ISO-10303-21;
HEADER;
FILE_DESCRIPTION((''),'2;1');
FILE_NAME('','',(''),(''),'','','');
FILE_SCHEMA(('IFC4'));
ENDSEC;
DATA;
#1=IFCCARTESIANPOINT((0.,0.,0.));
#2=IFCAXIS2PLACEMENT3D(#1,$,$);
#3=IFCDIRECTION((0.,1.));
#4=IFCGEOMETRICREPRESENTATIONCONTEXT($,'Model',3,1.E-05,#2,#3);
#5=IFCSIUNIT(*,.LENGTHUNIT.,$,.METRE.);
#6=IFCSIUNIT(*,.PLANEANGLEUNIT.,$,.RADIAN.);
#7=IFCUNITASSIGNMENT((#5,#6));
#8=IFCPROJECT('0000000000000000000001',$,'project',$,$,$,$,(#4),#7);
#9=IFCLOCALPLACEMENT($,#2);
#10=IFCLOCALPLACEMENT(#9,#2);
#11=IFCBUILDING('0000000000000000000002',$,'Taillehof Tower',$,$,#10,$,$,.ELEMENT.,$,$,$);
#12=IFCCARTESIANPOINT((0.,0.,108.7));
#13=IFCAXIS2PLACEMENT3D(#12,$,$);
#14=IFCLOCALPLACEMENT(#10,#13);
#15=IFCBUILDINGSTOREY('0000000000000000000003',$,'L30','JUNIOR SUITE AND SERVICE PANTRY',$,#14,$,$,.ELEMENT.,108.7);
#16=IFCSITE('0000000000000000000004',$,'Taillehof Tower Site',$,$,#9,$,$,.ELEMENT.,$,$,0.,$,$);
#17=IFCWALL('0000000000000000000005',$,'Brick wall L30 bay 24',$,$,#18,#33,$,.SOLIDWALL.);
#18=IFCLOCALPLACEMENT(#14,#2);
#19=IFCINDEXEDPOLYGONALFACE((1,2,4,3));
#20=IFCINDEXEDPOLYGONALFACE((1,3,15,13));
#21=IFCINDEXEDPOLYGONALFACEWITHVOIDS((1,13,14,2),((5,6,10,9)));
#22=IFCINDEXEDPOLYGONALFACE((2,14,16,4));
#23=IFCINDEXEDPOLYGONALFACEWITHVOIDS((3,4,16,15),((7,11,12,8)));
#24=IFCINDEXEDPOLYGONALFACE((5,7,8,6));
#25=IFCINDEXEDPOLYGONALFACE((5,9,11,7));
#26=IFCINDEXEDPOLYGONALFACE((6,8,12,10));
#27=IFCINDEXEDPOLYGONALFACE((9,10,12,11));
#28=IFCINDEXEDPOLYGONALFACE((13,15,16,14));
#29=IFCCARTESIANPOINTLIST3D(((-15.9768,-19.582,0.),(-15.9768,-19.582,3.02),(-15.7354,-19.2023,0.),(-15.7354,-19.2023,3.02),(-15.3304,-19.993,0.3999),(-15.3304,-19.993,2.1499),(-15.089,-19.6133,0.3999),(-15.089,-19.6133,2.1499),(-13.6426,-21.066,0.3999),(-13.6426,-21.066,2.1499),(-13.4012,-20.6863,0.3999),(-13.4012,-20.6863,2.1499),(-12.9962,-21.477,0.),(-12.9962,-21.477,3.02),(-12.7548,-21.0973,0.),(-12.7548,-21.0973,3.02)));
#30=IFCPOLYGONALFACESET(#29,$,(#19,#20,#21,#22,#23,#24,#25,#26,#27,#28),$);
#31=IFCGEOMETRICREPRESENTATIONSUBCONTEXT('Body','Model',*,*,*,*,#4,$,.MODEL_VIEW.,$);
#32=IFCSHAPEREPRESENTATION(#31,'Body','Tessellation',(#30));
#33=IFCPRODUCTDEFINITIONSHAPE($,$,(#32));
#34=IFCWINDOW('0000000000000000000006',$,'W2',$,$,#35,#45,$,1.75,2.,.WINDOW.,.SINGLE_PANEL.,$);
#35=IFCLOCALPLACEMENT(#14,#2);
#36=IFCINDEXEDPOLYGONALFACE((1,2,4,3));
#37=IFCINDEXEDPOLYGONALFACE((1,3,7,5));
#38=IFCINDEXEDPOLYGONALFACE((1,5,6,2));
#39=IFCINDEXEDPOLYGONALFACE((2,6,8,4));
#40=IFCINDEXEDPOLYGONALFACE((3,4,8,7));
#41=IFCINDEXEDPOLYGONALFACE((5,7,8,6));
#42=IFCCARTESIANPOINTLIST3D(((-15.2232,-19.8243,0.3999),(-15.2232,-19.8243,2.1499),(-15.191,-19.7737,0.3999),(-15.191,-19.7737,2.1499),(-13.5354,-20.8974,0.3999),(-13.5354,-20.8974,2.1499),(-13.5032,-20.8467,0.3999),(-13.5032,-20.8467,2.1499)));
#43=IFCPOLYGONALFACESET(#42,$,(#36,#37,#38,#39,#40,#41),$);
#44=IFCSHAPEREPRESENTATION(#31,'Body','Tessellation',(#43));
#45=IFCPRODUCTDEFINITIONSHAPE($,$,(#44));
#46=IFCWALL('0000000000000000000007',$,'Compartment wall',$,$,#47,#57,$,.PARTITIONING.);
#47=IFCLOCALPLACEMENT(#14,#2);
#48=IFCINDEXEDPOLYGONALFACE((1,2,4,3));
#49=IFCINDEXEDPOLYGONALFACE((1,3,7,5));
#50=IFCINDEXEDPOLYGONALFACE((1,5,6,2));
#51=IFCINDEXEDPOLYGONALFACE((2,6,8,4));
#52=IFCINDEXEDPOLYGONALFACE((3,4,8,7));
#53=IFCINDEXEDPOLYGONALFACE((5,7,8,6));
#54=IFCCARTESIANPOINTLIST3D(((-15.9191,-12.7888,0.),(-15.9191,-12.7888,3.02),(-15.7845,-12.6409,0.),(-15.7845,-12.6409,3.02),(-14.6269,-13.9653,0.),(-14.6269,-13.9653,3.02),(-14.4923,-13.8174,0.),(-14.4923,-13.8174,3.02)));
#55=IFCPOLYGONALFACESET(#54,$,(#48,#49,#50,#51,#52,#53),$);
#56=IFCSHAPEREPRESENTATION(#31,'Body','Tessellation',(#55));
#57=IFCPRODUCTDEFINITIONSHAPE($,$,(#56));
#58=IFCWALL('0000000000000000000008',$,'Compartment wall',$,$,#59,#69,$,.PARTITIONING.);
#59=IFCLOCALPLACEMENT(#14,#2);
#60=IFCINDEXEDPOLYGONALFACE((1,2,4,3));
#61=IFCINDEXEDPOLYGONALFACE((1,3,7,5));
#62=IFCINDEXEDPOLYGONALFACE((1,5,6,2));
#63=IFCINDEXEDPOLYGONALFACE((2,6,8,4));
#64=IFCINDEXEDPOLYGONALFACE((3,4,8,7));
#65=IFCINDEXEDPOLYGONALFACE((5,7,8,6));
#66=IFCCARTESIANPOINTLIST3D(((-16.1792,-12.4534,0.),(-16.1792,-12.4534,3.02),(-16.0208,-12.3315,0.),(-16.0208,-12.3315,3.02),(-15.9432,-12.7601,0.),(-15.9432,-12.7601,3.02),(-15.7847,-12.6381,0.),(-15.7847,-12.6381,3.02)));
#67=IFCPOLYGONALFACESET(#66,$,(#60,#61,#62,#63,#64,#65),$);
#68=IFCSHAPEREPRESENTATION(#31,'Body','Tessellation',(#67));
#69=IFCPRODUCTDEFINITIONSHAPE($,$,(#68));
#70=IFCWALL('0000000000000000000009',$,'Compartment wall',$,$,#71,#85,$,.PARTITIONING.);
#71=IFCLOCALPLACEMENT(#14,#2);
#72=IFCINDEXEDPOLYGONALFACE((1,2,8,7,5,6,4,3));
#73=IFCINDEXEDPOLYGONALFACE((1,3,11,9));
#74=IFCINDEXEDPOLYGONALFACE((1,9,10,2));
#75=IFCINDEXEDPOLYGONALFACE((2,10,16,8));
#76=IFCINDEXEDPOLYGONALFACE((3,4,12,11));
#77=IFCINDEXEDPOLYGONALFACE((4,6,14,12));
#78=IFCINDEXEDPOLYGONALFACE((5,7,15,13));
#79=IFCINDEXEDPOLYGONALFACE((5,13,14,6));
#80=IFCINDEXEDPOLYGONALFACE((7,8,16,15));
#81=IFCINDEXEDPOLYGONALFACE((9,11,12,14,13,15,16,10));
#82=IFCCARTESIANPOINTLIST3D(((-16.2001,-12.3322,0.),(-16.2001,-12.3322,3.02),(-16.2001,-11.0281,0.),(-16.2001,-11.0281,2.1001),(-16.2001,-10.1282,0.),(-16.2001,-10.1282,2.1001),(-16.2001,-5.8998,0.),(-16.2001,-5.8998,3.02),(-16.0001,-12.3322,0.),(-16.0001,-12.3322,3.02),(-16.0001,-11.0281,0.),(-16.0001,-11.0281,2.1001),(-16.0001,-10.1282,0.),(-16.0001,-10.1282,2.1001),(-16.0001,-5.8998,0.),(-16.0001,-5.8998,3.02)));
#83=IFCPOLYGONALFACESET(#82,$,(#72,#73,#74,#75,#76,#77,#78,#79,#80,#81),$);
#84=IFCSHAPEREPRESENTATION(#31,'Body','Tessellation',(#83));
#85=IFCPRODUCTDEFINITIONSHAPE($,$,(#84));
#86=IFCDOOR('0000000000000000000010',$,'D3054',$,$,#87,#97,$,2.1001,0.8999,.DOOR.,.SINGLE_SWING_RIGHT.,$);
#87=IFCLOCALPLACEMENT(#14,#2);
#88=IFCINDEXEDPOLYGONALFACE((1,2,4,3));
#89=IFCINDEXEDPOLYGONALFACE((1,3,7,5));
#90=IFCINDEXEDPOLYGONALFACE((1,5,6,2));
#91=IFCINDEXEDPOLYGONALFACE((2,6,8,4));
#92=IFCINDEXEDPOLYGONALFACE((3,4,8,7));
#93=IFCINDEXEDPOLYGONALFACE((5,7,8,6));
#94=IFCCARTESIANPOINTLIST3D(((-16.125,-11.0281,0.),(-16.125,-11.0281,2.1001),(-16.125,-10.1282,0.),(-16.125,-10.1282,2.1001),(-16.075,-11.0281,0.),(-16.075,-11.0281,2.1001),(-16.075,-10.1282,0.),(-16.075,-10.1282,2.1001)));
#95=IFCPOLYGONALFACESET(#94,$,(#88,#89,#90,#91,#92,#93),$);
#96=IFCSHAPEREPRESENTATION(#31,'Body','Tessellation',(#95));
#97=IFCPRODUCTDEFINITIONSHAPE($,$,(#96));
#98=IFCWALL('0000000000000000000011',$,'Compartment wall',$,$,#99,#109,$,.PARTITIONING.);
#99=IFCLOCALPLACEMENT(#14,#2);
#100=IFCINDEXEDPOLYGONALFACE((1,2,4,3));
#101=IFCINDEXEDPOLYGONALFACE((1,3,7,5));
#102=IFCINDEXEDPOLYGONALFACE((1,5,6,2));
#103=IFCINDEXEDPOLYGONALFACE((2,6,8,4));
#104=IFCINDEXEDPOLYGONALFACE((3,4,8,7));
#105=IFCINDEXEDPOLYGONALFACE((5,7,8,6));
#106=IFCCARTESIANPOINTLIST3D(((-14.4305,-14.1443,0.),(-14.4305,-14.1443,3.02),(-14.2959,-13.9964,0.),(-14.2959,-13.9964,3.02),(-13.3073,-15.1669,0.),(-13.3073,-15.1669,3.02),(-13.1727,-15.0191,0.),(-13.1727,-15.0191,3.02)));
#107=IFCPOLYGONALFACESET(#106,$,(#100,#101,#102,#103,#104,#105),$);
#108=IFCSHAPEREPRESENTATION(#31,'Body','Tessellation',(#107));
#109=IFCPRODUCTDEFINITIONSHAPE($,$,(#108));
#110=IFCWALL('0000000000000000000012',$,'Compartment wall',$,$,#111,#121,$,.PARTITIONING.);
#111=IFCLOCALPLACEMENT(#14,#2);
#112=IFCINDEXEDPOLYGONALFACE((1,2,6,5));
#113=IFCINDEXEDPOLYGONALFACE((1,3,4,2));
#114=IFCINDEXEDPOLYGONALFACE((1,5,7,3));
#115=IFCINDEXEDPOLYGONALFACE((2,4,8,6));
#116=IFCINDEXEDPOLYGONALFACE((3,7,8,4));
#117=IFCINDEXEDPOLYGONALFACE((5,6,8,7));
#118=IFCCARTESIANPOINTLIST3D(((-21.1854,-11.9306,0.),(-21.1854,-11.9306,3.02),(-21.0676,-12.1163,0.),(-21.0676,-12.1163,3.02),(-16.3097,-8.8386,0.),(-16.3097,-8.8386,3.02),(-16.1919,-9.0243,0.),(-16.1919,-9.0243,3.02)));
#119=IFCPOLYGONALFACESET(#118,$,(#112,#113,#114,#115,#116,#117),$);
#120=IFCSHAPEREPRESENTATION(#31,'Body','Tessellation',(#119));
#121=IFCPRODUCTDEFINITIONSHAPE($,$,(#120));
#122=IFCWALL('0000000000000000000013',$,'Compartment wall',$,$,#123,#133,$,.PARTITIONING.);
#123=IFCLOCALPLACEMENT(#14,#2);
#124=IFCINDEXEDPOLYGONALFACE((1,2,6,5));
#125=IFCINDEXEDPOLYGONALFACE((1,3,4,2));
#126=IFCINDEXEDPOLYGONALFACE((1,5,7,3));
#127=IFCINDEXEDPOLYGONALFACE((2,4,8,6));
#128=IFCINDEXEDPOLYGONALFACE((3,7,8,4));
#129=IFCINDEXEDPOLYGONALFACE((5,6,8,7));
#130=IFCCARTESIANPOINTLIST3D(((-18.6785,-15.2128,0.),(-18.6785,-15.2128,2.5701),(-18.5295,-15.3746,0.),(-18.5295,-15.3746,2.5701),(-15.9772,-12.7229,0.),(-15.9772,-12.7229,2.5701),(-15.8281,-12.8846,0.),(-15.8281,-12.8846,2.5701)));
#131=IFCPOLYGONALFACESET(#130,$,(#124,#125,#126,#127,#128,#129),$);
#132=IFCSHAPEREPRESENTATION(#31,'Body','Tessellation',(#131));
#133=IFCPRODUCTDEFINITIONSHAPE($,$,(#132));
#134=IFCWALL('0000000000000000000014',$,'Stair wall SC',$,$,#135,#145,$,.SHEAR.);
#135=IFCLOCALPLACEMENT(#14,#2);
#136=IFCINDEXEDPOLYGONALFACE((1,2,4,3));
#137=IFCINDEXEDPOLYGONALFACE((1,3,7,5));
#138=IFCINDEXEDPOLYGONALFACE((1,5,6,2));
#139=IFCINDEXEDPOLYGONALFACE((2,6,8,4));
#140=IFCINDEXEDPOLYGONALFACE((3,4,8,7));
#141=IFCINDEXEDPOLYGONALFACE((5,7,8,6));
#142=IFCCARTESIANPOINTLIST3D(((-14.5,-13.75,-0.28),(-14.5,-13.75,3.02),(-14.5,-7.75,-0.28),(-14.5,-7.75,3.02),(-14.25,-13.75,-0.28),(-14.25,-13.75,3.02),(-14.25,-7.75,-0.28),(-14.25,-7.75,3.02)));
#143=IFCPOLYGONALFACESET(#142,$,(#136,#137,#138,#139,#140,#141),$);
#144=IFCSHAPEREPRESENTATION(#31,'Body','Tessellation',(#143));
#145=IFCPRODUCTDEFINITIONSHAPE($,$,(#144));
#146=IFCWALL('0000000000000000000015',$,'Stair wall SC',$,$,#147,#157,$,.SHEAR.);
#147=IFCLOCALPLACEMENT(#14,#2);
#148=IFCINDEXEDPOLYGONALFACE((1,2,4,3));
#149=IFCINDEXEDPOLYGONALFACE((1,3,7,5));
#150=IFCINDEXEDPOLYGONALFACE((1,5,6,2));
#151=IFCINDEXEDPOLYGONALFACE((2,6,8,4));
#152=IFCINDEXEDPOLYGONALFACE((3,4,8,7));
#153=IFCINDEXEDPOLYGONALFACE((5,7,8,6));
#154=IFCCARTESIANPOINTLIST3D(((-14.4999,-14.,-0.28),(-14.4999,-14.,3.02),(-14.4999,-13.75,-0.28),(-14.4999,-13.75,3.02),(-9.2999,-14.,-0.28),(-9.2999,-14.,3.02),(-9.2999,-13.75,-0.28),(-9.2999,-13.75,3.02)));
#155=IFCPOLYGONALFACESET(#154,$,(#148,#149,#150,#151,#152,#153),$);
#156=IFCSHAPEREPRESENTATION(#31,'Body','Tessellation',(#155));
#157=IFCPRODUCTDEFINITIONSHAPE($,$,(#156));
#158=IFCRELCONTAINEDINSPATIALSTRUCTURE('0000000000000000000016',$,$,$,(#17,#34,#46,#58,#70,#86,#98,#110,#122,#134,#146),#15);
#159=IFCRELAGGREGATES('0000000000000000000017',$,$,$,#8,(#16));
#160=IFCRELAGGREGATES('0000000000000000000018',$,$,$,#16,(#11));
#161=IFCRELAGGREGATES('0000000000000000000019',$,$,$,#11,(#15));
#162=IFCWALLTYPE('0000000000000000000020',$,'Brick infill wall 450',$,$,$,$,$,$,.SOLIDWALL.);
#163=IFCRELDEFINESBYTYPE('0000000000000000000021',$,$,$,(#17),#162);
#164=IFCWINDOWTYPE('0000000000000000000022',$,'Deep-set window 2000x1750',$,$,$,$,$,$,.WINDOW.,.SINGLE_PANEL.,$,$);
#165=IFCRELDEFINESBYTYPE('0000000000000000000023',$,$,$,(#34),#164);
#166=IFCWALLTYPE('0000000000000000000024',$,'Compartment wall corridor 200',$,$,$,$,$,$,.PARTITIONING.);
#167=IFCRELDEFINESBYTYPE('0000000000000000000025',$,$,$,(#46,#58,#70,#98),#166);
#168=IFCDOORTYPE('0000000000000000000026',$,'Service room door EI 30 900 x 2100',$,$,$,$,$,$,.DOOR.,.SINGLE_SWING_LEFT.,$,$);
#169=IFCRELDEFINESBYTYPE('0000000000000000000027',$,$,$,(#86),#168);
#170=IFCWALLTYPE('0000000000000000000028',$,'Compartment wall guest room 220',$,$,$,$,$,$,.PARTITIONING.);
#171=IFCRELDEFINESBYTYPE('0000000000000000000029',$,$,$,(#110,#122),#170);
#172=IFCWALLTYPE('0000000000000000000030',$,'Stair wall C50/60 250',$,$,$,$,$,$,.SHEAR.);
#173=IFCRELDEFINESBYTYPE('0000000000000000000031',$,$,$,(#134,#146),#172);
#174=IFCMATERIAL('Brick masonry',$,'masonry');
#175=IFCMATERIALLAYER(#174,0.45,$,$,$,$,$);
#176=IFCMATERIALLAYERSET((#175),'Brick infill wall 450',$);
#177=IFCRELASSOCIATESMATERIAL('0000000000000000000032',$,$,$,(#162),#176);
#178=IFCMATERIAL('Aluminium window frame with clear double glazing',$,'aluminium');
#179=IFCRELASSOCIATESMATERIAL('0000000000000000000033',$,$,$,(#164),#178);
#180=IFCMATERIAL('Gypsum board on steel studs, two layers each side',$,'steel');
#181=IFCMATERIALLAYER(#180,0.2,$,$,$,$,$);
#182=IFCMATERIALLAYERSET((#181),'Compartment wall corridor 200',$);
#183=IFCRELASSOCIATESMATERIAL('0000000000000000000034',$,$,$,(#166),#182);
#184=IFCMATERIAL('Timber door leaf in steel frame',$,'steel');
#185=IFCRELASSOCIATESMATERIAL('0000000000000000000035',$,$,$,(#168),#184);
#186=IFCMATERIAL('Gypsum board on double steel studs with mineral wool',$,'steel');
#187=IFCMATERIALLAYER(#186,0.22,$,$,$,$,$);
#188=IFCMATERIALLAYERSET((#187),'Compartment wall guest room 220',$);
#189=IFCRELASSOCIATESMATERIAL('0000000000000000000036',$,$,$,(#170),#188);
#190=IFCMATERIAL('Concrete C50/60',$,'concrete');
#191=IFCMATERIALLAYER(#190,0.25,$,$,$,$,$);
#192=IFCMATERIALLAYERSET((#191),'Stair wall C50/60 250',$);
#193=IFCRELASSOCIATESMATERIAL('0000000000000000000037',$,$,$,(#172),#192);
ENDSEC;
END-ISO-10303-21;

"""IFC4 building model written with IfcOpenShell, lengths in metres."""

from ifc_helpers import new_model, si_unit, direction, frame, frame_2d, origin, place, context, subcontext, project, spatial, rectangle, extrude, material, layer, layer_set, type_object, element, fill, save


model = new_model("IFC4")

# Units and contexts
model_context = context("Model", 3, precision=1e-05, world=origin(), true_north=direction((0.0, 1.0)))
body_context = subcontext(model_context, "Body", "Model", "MODEL_VIEW")
ifc_project = project(units=[si_unit("LENGTHUNIT", "METRE"), si_unit("PLANEANGLEUNIT", "RADIAN")], contexts=[model_context])

# Site, building, storey
site_placement = place(None, origin())
site = spatial("IfcSite", under=ifc_project, at=site_placement, Name="Taillehof Tower Site", CompositionType="ELEMENT", RefElevation=0.0)
building_placement = place(site_placement, origin())
building = spatial("IfcBuilding", under=site, at=building_placement, Name="Taillehof Tower", CompositionType="ELEMENT")
storey_placement = place(building_placement, frame((0.0, 0.0, 108.7)))
storey = spatial("IfcBuildingStorey", under=building, at=storey_placement, Name="L30", Description="JUNIOR SUITE AND SERVICE PANTRY", CompositionType="ELEMENT", Elevation=108.7)

# Wall, opening, window
ifc_material_1 = material(Name="Brick masonry", Category="masonry")
ifc_layer_1 = layer(ifc_material_1, 0.45)
ifc_layer_set_1 = layer_set([ifc_layer_1], Name="Brick infill wall 450")
wall_type_1 = type_object("IfcWallType", Name="Brick infill wall 450", PredefinedType="SOLIDWALL", material=ifc_layer_set_1)
ifc_material_2 = material(Name="Aluminium window frame with clear double glazing", Category="aluminium")
window_type = type_object("IfcWindowType", Name="Deep-set window 2000x1750", PartitioningType="SINGLE_PANEL", PredefinedType="WINDOW", material=ifc_material_2)
wall_1_placement = place(storey_placement, frame((-15.8562, -19.3921, 0.0), z_axis=(0.0, 0.0, 1.0), x_axis=(0.843892, -0.536513, 0.0)))
wall_1 = element("IfcWall", 1, at=wall_1_placement, inside=storey, type_object=wall_type_1, Name="Brick wall L30 bay 24", PredefinedType="SOLIDWALL", context=body_context, shape_type="SweptSolid", body=[
    extrude(rectangle(XDim=3.532, YDim=0.45, at=frame_2d((1.7661, 0.0))), origin(), (0.0, 0.0, 1.0), 3.02),
])
opening_1_placement = place(wall_1_placement, frame((0.7661, 0.0, 0.3999)))
opening_1 = element("IfcOpeningElement", 2, at=opening_1_placement, cuts=wall_1, PredefinedType="OPENING", context=body_context, shape_type="SweptSolid", body=[
    extrude(rectangle(XDim=2.0, YDim=1.75, at=frame_2d((1.0, 0.875))), frame((0.0, 0.2349, 0.0), z_axis=(0.0, -1.0, 0.0), x_axis=(1.0, 0.0, 0.0)), (0.0, 0.0, 1.0), 0.47),
])
window_1_placement = place(opening_1_placement, origin())
window_1 = element("IfcWindow", 3, at=window_1_placement, inside=storey, type_object=window_type, Name="W2", OverallHeight=1.75, OverallWidth=2.0, PartitioningType="SINGLE_PANEL", PredefinedType="WINDOW", context=body_context, shape_type="SweptSolid", body=[
    extrude(rectangle(XDim=2.0, YDim=1.75, at=frame_2d((1.0, 0.875))), frame((0.0, 0.0349, 0.0), z_axis=(0.0, -1.0, 0.0), x_axis=(1.0, 0.0, 0.0)), (0.0, 0.0, 1.0), 0.0601),
])
fill(opening_1, window_1)

# Walls
ifc_material_3 = material(Name="Gypsum board on steel studs, two layers each side", Category="steel")
ifc_layer_2 = layer(ifc_material_3, 0.2)
ifc_layer_set_2 = layer_set([ifc_layer_2], Name="Compartment wall corridor 200")
wall_type_2 = type_object("IfcWallType", Name="Compartment wall corridor 200", PredefinedType="PARTITIONING", material=ifc_layer_set_2)
wall_2_placement = place(storey_placement, frame((-14.5596, -13.8914, 0.0), z_axis=(0.0, 0.0, 1.0), x_axis=(-0.73944, 0.673222, 0.0)))
element("IfcWall", 4, at=wall_2_placement, inside=storey, type_object=wall_type_2, Name="Compartment wall", PredefinedType="PARTITIONING", context=body_context, shape_type="SweptSolid", body=[
    extrude(rectangle(XDim=1.7476, YDim=0.2, at=frame_2d((0.8738, 0.0))), origin(), (0.0, 0.0, 1.0), 3.02),
])
wall_3_placement = place(storey_placement, frame((-15.864, -12.699, 0.0), z_axis=(0.0, 0.0, 1.0), x_axis=(-0.610046, 0.792366, 0.0)))
element("IfcWall", 5, at=wall_3_placement, inside=storey, type_object=wall_type_2, Name="Compartment wall", PredefinedType="PARTITIONING", context=body_context, shape_type="SweptSolid", body=[
    extrude(rectangle(XDim=0.387, YDim=0.2, at=frame_2d((0.1934, 0.0))), origin(), (0.0, 0.0, 1.0), 3.02),
])

# Wall, opening, door
wall_4_placement = place(storey_placement, frame((-16.1001, -12.3323, 0.0), z_axis=(0.0, 0.0, 1.0), x_axis=(0.0, 1.0, 0.0)))
wall_4 = element("IfcWall", 6, at=wall_4_placement, inside=storey, type_object=wall_type_2, Name="Compartment wall", PredefinedType="PARTITIONING", context=body_context, shape_type="SweptSolid", body=[
    extrude(rectangle(XDim=6.4324, YDim=0.2, at=frame_2d((3.2163, 0.0))), origin(), (0.0, 0.0, 1.0), 3.02),
])
opening_2_placement = place(wall_4_placement, frame((1.3042, 0.0, 0.0)))
opening_2 = element("IfcOpeningElement", 7, at=opening_2_placement, cuts=wall_4, PredefinedType="OPENING", context=body_context, shape_type="SweptSolid", body=[
    extrude(rectangle(XDim=0.8999, YDim=2.1001, at=frame_2d((0.45, 1.05))), frame((0.0, 0.1099, 0.0), z_axis=(0.0, -1.0, 0.0), x_axis=(1.0, 0.0, 0.0)), (0.0, 0.0, 1.0), 0.22),
])
ifc_material_4 = material(Name="Timber door leaf in steel frame", Category="steel")
door_type = type_object("IfcDoorType", Name="Service room door EI 30 900 x 2100", OperationType="SINGLE_SWING_LEFT", PredefinedType="DOOR", material=ifc_material_4)
door_placement = place(opening_2_placement, origin())
door = element("IfcDoor", 8, at=door_placement, inside=storey, type_object=door_type, Name="D3054", OperationType="SINGLE_SWING_RIGHT", OverallHeight=2.1001, OverallWidth=0.8999, PredefinedType="DOOR", context=body_context, shape_type="SweptSolid", body=[
    extrude(rectangle(XDim=0.8999, YDim=2.1001, at=frame_2d((0.45, 1.05))), frame((0.0, 0.0249, 0.0), z_axis=(0.0, -1.0, 0.0), x_axis=(1.0, 0.0, 0.0)), (0.0, 0.0, 1.0), 0.05),
])
fill(opening_2, door)

# Walls
wall_5_placement = place(storey_placement, frame((-13.24, -15.093, 0.0), z_axis=(0.0, 0.0, 1.0), x_axis=(-0.739438, 0.673225, 0.0)))
element("IfcWall", 9, at=wall_5_placement, inside=storey, type_object=wall_type_2, Name="Compartment wall", PredefinedType="PARTITIONING", context=body_context, shape_type="SweptSolid", body=[
    extrude(rectangle(XDim=1.519, YDim=0.2, at=frame_2d((0.7595, 0.0))), origin(), (0.0, 0.0, 1.0), 3.02),
])
ifc_material_5 = material(Name="Gypsum board on double steel studs with mineral wool", Category="steel")
ifc_layer_3 = layer(ifc_material_5, 0.22)
ifc_layer_set_3 = layer_set([ifc_layer_3], Name="Compartment wall guest room 220")
wall_type_3 = type_object("IfcWallType", Name="Compartment wall guest room 220", PredefinedType="PARTITIONING", material=ifc_layer_set_3)
wall_6_placement = place(storey_placement, frame((-21.1265, -12.0234, 0.0), z_axis=(0.0, 0.0, 1.0), x_axis=(0.8445, 0.535556, 0.0)))
element("IfcWall", 10, at=wall_6_placement, inside=storey, type_object=wall_type_3, Name="Compartment wall", PredefinedType="PARTITIONING", context=body_context, shape_type="SweptSolid", body=[
    extrude(rectangle(XDim=5.7734, YDim=0.22, at=frame_2d((2.8867, 0.0))), origin(), (0.0, 0.0, 1.0), 3.02),
])
wall_7_placement = place(storey_placement, frame((-18.604, -15.2937, 0.0), z_axis=(0.0, 0.0, 1.0), x_axis=(0.735295, 0.677747, 0.0)))
element("IfcWall", 11, at=wall_7_placement, inside=storey, type_object=wall_type_3, Name="Compartment wall", PredefinedType="PARTITIONING", context=body_context, shape_type="SweptSolid", body=[
    extrude(rectangle(XDim=3.6738, YDim=0.22, at=frame_2d((1.8369, 0.0))), origin(), (0.0, 0.0, 1.0), 2.5701),
])
ifc_material_6 = material(Name="Concrete C50/60", Category="concrete")
ifc_layer_4 = layer(ifc_material_6, 0.25)
ifc_layer_set_4 = layer_set([ifc_layer_4], Name="Stair wall C50/60 250")
wall_type_4 = type_object("IfcWallType", Name="Stair wall C50/60 250", PredefinedType="SHEAR", material=ifc_layer_set_4)
wall_8_placement = place(storey_placement, frame((-14.375, -13.75, -0.28), z_axis=(0.0, 0.0, 1.0), x_axis=(0.0, 1.0, 0.0)))
element("IfcWall", 12, at=wall_8_placement, inside=storey, type_object=wall_type_4, Name="Stair wall SC", PredefinedType="SHEAR", context=body_context, shape_type="SweptSolid", body=[
    extrude(rectangle(XDim=6.0, YDim=0.25, at=frame_2d((3.0, 0.0))), origin(), (0.0, 0.0, 1.0), 3.3),
])
wall_9_placement = place(storey_placement, frame((-14.5, -13.875, -0.28), z_axis=(0.0, 0.0, 1.0), x_axis=(1.0, 0.0, 0.0)))
element("IfcWall", 13, at=wall_9_placement, inside=storey, type_object=wall_type_4, Name="Stair wall SC", PredefinedType="SHEAR", context=body_context, shape_type="SweptSolid", body=[
    extrude(rectangle(XDim=5.2, YDim=0.25, at=frame_2d((2.6001, 0.0))), origin(), (0.0, 0.0, 1.0), 3.3),
])

save(model, "model.ifc")
